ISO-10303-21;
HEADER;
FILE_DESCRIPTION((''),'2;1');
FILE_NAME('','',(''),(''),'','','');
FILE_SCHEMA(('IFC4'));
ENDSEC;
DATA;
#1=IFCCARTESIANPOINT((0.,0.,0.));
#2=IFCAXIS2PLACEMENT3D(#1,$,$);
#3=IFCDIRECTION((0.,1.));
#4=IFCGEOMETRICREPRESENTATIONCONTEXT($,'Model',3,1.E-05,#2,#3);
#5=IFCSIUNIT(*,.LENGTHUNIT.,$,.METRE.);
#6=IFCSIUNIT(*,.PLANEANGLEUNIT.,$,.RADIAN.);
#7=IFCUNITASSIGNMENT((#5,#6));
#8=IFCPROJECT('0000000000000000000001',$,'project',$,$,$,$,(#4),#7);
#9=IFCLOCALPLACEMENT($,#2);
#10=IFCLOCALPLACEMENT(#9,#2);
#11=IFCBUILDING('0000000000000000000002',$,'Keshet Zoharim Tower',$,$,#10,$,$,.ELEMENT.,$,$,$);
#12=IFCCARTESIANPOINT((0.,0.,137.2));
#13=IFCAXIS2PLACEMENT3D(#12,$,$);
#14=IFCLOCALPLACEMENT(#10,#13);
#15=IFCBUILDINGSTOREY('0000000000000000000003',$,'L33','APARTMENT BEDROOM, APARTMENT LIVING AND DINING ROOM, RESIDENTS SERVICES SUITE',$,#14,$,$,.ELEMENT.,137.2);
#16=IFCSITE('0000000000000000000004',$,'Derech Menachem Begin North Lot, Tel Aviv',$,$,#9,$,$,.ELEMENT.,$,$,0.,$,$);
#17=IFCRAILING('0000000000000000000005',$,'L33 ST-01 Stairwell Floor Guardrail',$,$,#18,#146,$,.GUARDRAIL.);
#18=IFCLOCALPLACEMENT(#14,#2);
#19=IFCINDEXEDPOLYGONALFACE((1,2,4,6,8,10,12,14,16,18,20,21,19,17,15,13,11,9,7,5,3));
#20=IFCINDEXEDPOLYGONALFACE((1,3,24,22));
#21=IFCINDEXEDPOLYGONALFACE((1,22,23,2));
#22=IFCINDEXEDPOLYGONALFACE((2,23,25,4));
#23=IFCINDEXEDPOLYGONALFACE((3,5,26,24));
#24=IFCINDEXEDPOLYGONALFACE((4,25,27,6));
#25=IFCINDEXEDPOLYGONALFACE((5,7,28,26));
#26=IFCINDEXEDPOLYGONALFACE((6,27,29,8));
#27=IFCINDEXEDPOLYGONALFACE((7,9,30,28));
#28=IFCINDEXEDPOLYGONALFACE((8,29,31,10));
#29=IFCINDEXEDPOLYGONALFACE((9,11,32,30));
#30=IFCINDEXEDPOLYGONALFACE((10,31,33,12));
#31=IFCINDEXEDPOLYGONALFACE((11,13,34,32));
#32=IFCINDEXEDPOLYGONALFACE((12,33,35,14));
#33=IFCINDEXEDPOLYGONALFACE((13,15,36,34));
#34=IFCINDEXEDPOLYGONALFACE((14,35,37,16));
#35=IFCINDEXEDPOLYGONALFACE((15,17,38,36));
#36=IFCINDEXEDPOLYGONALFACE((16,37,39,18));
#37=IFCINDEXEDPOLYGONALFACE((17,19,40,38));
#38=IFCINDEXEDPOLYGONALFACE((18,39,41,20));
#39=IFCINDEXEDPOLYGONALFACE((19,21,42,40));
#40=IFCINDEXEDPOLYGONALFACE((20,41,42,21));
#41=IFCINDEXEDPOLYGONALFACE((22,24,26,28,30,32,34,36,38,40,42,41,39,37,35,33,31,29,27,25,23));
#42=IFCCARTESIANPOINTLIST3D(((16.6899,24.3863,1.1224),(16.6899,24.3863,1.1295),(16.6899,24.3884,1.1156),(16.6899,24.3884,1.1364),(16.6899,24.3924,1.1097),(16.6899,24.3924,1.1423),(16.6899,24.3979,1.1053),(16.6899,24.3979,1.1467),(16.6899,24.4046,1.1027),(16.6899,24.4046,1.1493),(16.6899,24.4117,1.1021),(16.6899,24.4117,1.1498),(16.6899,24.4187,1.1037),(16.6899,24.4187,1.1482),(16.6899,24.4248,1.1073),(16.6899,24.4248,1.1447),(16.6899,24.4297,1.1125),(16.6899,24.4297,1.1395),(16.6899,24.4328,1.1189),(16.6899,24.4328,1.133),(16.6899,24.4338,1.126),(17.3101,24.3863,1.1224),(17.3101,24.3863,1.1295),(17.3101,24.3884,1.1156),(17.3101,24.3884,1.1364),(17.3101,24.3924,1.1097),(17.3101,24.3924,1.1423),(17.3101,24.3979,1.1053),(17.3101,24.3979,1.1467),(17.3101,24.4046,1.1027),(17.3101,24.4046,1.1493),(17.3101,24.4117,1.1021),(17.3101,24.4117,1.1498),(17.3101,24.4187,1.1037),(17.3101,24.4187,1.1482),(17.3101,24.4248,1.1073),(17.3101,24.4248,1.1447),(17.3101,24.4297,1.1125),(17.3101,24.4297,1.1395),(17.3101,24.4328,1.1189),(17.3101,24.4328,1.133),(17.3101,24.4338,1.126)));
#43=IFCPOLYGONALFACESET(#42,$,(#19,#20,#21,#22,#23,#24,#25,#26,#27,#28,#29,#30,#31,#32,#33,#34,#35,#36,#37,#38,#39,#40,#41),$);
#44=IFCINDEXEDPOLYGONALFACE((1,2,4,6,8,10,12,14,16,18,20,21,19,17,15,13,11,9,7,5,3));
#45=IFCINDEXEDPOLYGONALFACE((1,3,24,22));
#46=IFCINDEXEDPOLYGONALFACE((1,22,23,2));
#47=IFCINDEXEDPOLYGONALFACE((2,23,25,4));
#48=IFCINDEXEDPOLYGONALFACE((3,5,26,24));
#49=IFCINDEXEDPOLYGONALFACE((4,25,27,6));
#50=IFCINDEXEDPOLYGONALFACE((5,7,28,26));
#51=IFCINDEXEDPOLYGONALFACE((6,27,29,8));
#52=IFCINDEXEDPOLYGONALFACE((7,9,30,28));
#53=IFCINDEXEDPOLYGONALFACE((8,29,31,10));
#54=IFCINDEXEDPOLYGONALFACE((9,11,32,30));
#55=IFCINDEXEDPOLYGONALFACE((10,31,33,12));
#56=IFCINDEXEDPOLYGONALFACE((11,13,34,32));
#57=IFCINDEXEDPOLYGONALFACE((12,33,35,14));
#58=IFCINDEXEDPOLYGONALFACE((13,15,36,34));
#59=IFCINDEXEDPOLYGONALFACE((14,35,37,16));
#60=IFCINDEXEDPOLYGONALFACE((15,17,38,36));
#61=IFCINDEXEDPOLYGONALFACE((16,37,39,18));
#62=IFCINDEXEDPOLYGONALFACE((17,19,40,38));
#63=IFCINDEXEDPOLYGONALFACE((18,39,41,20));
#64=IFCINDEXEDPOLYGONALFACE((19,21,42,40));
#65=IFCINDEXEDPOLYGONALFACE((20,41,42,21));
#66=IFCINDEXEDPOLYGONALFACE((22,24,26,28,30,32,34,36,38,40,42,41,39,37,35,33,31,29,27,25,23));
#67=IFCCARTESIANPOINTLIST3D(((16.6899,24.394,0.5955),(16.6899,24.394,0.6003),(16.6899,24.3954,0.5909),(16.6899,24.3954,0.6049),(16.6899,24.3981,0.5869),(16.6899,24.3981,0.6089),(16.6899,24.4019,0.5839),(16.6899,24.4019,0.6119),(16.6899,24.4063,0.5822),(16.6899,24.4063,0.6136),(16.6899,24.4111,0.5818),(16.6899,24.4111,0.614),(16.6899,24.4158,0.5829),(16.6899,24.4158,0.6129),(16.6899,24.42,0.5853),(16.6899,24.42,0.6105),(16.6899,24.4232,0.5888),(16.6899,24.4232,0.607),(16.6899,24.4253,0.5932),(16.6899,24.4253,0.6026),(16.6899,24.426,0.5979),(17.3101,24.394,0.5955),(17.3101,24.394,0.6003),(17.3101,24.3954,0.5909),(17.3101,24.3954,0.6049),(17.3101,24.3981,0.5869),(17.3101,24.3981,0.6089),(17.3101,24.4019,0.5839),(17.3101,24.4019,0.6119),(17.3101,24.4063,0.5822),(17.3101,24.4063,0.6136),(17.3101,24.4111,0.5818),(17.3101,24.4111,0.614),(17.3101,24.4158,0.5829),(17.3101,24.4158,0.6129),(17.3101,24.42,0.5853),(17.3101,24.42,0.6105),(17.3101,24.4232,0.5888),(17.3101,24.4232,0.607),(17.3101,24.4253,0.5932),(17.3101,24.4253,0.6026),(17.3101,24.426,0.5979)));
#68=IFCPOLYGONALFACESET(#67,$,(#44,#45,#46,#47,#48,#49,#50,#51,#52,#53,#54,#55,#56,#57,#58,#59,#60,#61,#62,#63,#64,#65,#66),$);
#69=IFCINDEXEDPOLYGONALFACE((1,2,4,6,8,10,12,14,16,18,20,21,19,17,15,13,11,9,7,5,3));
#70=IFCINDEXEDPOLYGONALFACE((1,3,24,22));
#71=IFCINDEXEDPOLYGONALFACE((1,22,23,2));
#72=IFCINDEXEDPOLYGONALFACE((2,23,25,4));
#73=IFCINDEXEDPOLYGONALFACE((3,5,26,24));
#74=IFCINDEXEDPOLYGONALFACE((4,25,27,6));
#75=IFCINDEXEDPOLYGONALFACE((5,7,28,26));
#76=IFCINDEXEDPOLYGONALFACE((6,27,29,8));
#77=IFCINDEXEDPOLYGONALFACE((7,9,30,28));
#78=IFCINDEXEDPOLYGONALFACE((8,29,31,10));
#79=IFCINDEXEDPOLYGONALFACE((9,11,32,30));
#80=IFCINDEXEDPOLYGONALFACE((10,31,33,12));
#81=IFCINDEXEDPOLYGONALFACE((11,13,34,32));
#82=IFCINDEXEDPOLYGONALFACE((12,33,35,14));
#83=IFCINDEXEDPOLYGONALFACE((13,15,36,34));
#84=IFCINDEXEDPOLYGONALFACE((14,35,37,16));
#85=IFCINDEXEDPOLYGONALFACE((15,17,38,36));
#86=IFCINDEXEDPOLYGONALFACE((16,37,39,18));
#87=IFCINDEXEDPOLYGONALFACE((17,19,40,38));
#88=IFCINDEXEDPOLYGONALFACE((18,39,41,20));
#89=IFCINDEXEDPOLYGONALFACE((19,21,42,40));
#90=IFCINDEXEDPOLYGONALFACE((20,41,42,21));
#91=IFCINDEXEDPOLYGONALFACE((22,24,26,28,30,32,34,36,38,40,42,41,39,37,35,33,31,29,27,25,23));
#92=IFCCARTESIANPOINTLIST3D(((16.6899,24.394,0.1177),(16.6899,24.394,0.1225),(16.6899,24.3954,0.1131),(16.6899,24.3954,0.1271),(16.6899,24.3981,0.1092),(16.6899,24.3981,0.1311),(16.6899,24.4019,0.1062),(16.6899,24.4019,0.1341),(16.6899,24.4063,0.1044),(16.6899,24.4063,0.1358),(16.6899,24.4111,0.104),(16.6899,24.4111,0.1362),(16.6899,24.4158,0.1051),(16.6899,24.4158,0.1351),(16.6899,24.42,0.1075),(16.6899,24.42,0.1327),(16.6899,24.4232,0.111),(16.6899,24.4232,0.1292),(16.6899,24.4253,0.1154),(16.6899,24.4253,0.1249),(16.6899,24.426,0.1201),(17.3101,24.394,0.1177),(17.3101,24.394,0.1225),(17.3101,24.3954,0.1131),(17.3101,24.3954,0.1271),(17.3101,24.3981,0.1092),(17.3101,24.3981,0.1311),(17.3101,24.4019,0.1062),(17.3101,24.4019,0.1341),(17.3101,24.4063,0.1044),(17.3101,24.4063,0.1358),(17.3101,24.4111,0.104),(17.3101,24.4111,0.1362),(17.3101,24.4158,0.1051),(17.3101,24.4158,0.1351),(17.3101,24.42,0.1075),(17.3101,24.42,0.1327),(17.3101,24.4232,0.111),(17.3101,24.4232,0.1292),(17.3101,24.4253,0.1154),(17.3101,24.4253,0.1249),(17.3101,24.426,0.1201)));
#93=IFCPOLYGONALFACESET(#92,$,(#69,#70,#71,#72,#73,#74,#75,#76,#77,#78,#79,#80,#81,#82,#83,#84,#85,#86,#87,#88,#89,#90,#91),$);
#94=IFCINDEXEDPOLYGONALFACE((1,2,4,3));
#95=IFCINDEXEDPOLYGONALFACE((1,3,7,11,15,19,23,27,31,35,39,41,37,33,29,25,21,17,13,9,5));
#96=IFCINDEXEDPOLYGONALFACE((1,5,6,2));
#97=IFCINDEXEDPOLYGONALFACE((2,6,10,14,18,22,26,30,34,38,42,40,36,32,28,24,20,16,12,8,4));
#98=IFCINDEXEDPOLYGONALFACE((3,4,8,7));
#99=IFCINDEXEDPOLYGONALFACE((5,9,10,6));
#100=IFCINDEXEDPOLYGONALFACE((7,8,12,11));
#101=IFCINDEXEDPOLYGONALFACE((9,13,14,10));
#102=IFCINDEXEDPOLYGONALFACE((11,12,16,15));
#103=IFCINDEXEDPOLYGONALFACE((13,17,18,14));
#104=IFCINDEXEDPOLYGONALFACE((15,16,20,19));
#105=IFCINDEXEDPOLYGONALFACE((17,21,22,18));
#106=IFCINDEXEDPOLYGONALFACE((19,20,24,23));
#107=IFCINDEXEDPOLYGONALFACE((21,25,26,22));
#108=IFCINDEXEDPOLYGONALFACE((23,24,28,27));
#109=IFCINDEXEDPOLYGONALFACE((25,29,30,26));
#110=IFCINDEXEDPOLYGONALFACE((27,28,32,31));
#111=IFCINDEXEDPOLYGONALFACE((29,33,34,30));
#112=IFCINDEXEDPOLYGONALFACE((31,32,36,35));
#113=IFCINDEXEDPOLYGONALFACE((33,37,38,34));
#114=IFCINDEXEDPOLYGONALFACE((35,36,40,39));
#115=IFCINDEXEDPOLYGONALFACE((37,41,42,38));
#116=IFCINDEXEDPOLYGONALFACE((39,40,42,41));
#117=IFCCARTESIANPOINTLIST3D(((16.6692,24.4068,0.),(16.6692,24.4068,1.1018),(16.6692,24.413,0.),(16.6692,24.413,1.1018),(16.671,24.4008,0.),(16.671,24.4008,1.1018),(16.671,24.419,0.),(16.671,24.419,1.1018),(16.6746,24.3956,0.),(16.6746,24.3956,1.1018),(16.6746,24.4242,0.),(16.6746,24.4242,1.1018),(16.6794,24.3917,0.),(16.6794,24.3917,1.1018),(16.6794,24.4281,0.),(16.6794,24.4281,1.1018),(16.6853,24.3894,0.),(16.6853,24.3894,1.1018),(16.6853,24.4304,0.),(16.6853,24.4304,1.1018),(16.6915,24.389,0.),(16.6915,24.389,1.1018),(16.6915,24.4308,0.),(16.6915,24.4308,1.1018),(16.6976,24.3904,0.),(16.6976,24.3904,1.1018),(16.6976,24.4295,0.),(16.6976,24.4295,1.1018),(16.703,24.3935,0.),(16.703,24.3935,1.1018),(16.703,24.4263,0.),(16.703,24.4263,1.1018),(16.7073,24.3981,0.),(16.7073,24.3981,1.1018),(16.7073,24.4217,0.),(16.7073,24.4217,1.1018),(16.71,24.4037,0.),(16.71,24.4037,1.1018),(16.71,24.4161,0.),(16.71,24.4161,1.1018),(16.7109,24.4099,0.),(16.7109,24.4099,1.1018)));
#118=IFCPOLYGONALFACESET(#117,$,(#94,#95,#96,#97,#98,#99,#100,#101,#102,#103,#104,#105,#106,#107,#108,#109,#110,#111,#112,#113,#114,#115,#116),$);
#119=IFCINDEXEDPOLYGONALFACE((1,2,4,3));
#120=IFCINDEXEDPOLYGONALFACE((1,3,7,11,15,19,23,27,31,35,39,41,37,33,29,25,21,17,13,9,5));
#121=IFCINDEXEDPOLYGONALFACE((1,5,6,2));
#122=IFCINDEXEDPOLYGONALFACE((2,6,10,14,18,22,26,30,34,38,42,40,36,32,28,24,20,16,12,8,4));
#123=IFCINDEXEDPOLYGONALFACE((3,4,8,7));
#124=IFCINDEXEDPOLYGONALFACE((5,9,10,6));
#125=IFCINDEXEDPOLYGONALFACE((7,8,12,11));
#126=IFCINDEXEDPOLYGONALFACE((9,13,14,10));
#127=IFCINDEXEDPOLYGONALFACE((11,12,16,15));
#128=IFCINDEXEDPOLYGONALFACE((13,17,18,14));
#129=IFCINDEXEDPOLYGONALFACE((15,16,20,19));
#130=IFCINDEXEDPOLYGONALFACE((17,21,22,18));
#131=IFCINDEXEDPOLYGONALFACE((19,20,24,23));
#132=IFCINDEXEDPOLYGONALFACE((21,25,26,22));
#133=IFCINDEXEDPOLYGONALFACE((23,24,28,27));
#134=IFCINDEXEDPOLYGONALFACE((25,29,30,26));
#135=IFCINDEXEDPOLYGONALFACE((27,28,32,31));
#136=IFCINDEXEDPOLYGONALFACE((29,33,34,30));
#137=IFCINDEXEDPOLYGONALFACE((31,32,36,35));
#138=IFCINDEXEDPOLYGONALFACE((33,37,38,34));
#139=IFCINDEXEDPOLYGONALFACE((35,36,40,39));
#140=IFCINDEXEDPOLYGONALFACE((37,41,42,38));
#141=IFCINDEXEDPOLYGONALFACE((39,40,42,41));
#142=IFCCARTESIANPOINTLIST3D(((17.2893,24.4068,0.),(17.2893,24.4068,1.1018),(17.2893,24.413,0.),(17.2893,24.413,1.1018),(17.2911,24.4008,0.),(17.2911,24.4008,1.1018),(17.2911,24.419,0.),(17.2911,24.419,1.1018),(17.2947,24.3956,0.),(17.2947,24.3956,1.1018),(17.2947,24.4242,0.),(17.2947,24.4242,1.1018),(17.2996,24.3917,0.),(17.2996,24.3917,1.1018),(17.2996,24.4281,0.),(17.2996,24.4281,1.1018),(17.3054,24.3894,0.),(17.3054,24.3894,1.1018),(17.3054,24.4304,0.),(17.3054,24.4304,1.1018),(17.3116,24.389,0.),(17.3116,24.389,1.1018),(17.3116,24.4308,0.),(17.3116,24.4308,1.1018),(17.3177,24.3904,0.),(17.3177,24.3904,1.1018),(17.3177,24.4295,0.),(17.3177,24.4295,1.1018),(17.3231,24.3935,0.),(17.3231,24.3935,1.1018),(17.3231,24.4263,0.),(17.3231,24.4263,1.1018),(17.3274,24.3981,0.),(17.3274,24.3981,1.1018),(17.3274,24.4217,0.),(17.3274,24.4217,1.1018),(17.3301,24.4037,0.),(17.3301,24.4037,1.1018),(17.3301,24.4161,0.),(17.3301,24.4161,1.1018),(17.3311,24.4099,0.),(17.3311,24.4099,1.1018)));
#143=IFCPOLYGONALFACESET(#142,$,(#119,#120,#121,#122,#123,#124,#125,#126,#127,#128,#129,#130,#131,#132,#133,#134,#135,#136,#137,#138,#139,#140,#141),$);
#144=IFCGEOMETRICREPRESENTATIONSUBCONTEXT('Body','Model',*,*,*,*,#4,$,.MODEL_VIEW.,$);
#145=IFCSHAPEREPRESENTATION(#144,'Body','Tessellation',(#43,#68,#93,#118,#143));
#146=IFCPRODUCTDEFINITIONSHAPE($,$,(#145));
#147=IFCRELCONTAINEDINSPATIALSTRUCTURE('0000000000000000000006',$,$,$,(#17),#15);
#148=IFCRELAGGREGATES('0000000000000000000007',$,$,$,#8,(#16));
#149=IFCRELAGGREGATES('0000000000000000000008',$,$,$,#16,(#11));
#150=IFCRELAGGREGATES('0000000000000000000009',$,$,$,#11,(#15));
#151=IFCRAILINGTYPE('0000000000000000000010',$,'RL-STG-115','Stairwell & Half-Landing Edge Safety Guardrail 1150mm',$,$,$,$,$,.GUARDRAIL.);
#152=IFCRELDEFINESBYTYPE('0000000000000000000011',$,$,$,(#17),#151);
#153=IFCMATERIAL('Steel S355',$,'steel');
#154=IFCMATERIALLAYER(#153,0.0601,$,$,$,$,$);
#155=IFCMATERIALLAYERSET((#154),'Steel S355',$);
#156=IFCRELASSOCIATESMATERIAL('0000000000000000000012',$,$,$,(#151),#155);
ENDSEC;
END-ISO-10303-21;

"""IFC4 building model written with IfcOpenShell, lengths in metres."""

from ifc_helpers import new_model, si_unit, direction, frame, origin, origin_2d, place, context, subcontext, project, spatial, circle, extrude, material, layer, layer_set, type_object, element, save


model = new_model("IFC4")

# Units and contexts
model_context = context("Model", 3, precision=1e-05, world=origin(), true_north=direction((0.0, 1.0)))
body_context = subcontext(model_context, "Body", "Model", "MODEL_VIEW")
ifc_project = project(units=[si_unit("LENGTHUNIT", "METRE"), si_unit("PLANEANGLEUNIT", "RADIAN")], contexts=[model_context])

# Site, building, storey
site_placement = place(None, origin())
site = spatial("IfcSite", under=ifc_project, at=site_placement, Name="Derech Menachem Begin North Lot, Tel Aviv", CompositionType="ELEMENT", RefElevation=0.0)
building_placement = place(site_placement, origin())
building = spatial("IfcBuilding", under=site, at=building_placement, Name="Keshet Zoharim Tower", CompositionType="ELEMENT")
storey_placement = place(building_placement, frame((0.0, 0.0, 137.2)))
storey = spatial("IfcBuildingStorey", under=building, at=storey_placement, Name="L33", Description="APARTMENT BEDROOM, APARTMENT LIVING AND DINING ROOM, RESIDENTS SERVICES SUITE", CompositionType="ELEMENT", Elevation=137.2)

# Railing
ifc_material_1 = material(Name="Steel S355", Category="steel")
ifc_layer_1 = layer(ifc_material_1, 0.0601)
ifc_layer_set_1 = layer_set([ifc_layer_1], Name="Steel S355")
railing_type_1 = type_object("IfcRailingType", Name="RL-STG-115", Description="Stairwell & Half-Landing Edge Safety Guardrail 1150mm", PredefinedType="GUARDRAIL", material=ifc_layer_set_1)
railing_1_placement = place(storey_placement, frame((16.6899, 24.4099, 0.0)))
element("IfcRailing", 1, at=railing_1_placement, inside=storey, type_object=railing_type_1, Name="L33 ST-01 Stairwell Floor Guardrail", PredefinedType="GUARDRAIL", context=body_context, shape_type="SweptSolid", body=[
    extrude(circle(Radius=0.0239, at=origin_2d()), frame((0.0, 0.0, 1.126), z_axis=(1.0, 0.0, 0.0), x_axis=(0.0, 1.0, 0.0)), (0.0, 0.0, 1.0), 0.6201),
    extrude(circle(Radius=0.0161, at=origin_2d()), frame((0.0, 0.0, 0.5979), z_axis=(1.0, 0.0, 0.0), x_axis=(0.0, 1.0, 0.0)), (0.0, 0.0, 1.0), 0.6201),
    extrude(circle(Radius=0.0161, at=origin_2d()), frame((0.0, 0.0, 0.1201), z_axis=(1.0, 0.0, 0.0), x_axis=(0.0, 1.0, 0.0)), (0.0, 0.0, 1.0), 0.6201),
    extrude(circle(Radius=0.021, at=origin_2d()), origin(), (0.0, 0.0, 1.0), 1.1018),
    extrude(circle(Radius=0.021, at=origin_2d()), frame((0.6201, 0.0, 0.0)), (0.0, 0.0, 1.0), 1.1018),
])

save(model, "model.ifc")
